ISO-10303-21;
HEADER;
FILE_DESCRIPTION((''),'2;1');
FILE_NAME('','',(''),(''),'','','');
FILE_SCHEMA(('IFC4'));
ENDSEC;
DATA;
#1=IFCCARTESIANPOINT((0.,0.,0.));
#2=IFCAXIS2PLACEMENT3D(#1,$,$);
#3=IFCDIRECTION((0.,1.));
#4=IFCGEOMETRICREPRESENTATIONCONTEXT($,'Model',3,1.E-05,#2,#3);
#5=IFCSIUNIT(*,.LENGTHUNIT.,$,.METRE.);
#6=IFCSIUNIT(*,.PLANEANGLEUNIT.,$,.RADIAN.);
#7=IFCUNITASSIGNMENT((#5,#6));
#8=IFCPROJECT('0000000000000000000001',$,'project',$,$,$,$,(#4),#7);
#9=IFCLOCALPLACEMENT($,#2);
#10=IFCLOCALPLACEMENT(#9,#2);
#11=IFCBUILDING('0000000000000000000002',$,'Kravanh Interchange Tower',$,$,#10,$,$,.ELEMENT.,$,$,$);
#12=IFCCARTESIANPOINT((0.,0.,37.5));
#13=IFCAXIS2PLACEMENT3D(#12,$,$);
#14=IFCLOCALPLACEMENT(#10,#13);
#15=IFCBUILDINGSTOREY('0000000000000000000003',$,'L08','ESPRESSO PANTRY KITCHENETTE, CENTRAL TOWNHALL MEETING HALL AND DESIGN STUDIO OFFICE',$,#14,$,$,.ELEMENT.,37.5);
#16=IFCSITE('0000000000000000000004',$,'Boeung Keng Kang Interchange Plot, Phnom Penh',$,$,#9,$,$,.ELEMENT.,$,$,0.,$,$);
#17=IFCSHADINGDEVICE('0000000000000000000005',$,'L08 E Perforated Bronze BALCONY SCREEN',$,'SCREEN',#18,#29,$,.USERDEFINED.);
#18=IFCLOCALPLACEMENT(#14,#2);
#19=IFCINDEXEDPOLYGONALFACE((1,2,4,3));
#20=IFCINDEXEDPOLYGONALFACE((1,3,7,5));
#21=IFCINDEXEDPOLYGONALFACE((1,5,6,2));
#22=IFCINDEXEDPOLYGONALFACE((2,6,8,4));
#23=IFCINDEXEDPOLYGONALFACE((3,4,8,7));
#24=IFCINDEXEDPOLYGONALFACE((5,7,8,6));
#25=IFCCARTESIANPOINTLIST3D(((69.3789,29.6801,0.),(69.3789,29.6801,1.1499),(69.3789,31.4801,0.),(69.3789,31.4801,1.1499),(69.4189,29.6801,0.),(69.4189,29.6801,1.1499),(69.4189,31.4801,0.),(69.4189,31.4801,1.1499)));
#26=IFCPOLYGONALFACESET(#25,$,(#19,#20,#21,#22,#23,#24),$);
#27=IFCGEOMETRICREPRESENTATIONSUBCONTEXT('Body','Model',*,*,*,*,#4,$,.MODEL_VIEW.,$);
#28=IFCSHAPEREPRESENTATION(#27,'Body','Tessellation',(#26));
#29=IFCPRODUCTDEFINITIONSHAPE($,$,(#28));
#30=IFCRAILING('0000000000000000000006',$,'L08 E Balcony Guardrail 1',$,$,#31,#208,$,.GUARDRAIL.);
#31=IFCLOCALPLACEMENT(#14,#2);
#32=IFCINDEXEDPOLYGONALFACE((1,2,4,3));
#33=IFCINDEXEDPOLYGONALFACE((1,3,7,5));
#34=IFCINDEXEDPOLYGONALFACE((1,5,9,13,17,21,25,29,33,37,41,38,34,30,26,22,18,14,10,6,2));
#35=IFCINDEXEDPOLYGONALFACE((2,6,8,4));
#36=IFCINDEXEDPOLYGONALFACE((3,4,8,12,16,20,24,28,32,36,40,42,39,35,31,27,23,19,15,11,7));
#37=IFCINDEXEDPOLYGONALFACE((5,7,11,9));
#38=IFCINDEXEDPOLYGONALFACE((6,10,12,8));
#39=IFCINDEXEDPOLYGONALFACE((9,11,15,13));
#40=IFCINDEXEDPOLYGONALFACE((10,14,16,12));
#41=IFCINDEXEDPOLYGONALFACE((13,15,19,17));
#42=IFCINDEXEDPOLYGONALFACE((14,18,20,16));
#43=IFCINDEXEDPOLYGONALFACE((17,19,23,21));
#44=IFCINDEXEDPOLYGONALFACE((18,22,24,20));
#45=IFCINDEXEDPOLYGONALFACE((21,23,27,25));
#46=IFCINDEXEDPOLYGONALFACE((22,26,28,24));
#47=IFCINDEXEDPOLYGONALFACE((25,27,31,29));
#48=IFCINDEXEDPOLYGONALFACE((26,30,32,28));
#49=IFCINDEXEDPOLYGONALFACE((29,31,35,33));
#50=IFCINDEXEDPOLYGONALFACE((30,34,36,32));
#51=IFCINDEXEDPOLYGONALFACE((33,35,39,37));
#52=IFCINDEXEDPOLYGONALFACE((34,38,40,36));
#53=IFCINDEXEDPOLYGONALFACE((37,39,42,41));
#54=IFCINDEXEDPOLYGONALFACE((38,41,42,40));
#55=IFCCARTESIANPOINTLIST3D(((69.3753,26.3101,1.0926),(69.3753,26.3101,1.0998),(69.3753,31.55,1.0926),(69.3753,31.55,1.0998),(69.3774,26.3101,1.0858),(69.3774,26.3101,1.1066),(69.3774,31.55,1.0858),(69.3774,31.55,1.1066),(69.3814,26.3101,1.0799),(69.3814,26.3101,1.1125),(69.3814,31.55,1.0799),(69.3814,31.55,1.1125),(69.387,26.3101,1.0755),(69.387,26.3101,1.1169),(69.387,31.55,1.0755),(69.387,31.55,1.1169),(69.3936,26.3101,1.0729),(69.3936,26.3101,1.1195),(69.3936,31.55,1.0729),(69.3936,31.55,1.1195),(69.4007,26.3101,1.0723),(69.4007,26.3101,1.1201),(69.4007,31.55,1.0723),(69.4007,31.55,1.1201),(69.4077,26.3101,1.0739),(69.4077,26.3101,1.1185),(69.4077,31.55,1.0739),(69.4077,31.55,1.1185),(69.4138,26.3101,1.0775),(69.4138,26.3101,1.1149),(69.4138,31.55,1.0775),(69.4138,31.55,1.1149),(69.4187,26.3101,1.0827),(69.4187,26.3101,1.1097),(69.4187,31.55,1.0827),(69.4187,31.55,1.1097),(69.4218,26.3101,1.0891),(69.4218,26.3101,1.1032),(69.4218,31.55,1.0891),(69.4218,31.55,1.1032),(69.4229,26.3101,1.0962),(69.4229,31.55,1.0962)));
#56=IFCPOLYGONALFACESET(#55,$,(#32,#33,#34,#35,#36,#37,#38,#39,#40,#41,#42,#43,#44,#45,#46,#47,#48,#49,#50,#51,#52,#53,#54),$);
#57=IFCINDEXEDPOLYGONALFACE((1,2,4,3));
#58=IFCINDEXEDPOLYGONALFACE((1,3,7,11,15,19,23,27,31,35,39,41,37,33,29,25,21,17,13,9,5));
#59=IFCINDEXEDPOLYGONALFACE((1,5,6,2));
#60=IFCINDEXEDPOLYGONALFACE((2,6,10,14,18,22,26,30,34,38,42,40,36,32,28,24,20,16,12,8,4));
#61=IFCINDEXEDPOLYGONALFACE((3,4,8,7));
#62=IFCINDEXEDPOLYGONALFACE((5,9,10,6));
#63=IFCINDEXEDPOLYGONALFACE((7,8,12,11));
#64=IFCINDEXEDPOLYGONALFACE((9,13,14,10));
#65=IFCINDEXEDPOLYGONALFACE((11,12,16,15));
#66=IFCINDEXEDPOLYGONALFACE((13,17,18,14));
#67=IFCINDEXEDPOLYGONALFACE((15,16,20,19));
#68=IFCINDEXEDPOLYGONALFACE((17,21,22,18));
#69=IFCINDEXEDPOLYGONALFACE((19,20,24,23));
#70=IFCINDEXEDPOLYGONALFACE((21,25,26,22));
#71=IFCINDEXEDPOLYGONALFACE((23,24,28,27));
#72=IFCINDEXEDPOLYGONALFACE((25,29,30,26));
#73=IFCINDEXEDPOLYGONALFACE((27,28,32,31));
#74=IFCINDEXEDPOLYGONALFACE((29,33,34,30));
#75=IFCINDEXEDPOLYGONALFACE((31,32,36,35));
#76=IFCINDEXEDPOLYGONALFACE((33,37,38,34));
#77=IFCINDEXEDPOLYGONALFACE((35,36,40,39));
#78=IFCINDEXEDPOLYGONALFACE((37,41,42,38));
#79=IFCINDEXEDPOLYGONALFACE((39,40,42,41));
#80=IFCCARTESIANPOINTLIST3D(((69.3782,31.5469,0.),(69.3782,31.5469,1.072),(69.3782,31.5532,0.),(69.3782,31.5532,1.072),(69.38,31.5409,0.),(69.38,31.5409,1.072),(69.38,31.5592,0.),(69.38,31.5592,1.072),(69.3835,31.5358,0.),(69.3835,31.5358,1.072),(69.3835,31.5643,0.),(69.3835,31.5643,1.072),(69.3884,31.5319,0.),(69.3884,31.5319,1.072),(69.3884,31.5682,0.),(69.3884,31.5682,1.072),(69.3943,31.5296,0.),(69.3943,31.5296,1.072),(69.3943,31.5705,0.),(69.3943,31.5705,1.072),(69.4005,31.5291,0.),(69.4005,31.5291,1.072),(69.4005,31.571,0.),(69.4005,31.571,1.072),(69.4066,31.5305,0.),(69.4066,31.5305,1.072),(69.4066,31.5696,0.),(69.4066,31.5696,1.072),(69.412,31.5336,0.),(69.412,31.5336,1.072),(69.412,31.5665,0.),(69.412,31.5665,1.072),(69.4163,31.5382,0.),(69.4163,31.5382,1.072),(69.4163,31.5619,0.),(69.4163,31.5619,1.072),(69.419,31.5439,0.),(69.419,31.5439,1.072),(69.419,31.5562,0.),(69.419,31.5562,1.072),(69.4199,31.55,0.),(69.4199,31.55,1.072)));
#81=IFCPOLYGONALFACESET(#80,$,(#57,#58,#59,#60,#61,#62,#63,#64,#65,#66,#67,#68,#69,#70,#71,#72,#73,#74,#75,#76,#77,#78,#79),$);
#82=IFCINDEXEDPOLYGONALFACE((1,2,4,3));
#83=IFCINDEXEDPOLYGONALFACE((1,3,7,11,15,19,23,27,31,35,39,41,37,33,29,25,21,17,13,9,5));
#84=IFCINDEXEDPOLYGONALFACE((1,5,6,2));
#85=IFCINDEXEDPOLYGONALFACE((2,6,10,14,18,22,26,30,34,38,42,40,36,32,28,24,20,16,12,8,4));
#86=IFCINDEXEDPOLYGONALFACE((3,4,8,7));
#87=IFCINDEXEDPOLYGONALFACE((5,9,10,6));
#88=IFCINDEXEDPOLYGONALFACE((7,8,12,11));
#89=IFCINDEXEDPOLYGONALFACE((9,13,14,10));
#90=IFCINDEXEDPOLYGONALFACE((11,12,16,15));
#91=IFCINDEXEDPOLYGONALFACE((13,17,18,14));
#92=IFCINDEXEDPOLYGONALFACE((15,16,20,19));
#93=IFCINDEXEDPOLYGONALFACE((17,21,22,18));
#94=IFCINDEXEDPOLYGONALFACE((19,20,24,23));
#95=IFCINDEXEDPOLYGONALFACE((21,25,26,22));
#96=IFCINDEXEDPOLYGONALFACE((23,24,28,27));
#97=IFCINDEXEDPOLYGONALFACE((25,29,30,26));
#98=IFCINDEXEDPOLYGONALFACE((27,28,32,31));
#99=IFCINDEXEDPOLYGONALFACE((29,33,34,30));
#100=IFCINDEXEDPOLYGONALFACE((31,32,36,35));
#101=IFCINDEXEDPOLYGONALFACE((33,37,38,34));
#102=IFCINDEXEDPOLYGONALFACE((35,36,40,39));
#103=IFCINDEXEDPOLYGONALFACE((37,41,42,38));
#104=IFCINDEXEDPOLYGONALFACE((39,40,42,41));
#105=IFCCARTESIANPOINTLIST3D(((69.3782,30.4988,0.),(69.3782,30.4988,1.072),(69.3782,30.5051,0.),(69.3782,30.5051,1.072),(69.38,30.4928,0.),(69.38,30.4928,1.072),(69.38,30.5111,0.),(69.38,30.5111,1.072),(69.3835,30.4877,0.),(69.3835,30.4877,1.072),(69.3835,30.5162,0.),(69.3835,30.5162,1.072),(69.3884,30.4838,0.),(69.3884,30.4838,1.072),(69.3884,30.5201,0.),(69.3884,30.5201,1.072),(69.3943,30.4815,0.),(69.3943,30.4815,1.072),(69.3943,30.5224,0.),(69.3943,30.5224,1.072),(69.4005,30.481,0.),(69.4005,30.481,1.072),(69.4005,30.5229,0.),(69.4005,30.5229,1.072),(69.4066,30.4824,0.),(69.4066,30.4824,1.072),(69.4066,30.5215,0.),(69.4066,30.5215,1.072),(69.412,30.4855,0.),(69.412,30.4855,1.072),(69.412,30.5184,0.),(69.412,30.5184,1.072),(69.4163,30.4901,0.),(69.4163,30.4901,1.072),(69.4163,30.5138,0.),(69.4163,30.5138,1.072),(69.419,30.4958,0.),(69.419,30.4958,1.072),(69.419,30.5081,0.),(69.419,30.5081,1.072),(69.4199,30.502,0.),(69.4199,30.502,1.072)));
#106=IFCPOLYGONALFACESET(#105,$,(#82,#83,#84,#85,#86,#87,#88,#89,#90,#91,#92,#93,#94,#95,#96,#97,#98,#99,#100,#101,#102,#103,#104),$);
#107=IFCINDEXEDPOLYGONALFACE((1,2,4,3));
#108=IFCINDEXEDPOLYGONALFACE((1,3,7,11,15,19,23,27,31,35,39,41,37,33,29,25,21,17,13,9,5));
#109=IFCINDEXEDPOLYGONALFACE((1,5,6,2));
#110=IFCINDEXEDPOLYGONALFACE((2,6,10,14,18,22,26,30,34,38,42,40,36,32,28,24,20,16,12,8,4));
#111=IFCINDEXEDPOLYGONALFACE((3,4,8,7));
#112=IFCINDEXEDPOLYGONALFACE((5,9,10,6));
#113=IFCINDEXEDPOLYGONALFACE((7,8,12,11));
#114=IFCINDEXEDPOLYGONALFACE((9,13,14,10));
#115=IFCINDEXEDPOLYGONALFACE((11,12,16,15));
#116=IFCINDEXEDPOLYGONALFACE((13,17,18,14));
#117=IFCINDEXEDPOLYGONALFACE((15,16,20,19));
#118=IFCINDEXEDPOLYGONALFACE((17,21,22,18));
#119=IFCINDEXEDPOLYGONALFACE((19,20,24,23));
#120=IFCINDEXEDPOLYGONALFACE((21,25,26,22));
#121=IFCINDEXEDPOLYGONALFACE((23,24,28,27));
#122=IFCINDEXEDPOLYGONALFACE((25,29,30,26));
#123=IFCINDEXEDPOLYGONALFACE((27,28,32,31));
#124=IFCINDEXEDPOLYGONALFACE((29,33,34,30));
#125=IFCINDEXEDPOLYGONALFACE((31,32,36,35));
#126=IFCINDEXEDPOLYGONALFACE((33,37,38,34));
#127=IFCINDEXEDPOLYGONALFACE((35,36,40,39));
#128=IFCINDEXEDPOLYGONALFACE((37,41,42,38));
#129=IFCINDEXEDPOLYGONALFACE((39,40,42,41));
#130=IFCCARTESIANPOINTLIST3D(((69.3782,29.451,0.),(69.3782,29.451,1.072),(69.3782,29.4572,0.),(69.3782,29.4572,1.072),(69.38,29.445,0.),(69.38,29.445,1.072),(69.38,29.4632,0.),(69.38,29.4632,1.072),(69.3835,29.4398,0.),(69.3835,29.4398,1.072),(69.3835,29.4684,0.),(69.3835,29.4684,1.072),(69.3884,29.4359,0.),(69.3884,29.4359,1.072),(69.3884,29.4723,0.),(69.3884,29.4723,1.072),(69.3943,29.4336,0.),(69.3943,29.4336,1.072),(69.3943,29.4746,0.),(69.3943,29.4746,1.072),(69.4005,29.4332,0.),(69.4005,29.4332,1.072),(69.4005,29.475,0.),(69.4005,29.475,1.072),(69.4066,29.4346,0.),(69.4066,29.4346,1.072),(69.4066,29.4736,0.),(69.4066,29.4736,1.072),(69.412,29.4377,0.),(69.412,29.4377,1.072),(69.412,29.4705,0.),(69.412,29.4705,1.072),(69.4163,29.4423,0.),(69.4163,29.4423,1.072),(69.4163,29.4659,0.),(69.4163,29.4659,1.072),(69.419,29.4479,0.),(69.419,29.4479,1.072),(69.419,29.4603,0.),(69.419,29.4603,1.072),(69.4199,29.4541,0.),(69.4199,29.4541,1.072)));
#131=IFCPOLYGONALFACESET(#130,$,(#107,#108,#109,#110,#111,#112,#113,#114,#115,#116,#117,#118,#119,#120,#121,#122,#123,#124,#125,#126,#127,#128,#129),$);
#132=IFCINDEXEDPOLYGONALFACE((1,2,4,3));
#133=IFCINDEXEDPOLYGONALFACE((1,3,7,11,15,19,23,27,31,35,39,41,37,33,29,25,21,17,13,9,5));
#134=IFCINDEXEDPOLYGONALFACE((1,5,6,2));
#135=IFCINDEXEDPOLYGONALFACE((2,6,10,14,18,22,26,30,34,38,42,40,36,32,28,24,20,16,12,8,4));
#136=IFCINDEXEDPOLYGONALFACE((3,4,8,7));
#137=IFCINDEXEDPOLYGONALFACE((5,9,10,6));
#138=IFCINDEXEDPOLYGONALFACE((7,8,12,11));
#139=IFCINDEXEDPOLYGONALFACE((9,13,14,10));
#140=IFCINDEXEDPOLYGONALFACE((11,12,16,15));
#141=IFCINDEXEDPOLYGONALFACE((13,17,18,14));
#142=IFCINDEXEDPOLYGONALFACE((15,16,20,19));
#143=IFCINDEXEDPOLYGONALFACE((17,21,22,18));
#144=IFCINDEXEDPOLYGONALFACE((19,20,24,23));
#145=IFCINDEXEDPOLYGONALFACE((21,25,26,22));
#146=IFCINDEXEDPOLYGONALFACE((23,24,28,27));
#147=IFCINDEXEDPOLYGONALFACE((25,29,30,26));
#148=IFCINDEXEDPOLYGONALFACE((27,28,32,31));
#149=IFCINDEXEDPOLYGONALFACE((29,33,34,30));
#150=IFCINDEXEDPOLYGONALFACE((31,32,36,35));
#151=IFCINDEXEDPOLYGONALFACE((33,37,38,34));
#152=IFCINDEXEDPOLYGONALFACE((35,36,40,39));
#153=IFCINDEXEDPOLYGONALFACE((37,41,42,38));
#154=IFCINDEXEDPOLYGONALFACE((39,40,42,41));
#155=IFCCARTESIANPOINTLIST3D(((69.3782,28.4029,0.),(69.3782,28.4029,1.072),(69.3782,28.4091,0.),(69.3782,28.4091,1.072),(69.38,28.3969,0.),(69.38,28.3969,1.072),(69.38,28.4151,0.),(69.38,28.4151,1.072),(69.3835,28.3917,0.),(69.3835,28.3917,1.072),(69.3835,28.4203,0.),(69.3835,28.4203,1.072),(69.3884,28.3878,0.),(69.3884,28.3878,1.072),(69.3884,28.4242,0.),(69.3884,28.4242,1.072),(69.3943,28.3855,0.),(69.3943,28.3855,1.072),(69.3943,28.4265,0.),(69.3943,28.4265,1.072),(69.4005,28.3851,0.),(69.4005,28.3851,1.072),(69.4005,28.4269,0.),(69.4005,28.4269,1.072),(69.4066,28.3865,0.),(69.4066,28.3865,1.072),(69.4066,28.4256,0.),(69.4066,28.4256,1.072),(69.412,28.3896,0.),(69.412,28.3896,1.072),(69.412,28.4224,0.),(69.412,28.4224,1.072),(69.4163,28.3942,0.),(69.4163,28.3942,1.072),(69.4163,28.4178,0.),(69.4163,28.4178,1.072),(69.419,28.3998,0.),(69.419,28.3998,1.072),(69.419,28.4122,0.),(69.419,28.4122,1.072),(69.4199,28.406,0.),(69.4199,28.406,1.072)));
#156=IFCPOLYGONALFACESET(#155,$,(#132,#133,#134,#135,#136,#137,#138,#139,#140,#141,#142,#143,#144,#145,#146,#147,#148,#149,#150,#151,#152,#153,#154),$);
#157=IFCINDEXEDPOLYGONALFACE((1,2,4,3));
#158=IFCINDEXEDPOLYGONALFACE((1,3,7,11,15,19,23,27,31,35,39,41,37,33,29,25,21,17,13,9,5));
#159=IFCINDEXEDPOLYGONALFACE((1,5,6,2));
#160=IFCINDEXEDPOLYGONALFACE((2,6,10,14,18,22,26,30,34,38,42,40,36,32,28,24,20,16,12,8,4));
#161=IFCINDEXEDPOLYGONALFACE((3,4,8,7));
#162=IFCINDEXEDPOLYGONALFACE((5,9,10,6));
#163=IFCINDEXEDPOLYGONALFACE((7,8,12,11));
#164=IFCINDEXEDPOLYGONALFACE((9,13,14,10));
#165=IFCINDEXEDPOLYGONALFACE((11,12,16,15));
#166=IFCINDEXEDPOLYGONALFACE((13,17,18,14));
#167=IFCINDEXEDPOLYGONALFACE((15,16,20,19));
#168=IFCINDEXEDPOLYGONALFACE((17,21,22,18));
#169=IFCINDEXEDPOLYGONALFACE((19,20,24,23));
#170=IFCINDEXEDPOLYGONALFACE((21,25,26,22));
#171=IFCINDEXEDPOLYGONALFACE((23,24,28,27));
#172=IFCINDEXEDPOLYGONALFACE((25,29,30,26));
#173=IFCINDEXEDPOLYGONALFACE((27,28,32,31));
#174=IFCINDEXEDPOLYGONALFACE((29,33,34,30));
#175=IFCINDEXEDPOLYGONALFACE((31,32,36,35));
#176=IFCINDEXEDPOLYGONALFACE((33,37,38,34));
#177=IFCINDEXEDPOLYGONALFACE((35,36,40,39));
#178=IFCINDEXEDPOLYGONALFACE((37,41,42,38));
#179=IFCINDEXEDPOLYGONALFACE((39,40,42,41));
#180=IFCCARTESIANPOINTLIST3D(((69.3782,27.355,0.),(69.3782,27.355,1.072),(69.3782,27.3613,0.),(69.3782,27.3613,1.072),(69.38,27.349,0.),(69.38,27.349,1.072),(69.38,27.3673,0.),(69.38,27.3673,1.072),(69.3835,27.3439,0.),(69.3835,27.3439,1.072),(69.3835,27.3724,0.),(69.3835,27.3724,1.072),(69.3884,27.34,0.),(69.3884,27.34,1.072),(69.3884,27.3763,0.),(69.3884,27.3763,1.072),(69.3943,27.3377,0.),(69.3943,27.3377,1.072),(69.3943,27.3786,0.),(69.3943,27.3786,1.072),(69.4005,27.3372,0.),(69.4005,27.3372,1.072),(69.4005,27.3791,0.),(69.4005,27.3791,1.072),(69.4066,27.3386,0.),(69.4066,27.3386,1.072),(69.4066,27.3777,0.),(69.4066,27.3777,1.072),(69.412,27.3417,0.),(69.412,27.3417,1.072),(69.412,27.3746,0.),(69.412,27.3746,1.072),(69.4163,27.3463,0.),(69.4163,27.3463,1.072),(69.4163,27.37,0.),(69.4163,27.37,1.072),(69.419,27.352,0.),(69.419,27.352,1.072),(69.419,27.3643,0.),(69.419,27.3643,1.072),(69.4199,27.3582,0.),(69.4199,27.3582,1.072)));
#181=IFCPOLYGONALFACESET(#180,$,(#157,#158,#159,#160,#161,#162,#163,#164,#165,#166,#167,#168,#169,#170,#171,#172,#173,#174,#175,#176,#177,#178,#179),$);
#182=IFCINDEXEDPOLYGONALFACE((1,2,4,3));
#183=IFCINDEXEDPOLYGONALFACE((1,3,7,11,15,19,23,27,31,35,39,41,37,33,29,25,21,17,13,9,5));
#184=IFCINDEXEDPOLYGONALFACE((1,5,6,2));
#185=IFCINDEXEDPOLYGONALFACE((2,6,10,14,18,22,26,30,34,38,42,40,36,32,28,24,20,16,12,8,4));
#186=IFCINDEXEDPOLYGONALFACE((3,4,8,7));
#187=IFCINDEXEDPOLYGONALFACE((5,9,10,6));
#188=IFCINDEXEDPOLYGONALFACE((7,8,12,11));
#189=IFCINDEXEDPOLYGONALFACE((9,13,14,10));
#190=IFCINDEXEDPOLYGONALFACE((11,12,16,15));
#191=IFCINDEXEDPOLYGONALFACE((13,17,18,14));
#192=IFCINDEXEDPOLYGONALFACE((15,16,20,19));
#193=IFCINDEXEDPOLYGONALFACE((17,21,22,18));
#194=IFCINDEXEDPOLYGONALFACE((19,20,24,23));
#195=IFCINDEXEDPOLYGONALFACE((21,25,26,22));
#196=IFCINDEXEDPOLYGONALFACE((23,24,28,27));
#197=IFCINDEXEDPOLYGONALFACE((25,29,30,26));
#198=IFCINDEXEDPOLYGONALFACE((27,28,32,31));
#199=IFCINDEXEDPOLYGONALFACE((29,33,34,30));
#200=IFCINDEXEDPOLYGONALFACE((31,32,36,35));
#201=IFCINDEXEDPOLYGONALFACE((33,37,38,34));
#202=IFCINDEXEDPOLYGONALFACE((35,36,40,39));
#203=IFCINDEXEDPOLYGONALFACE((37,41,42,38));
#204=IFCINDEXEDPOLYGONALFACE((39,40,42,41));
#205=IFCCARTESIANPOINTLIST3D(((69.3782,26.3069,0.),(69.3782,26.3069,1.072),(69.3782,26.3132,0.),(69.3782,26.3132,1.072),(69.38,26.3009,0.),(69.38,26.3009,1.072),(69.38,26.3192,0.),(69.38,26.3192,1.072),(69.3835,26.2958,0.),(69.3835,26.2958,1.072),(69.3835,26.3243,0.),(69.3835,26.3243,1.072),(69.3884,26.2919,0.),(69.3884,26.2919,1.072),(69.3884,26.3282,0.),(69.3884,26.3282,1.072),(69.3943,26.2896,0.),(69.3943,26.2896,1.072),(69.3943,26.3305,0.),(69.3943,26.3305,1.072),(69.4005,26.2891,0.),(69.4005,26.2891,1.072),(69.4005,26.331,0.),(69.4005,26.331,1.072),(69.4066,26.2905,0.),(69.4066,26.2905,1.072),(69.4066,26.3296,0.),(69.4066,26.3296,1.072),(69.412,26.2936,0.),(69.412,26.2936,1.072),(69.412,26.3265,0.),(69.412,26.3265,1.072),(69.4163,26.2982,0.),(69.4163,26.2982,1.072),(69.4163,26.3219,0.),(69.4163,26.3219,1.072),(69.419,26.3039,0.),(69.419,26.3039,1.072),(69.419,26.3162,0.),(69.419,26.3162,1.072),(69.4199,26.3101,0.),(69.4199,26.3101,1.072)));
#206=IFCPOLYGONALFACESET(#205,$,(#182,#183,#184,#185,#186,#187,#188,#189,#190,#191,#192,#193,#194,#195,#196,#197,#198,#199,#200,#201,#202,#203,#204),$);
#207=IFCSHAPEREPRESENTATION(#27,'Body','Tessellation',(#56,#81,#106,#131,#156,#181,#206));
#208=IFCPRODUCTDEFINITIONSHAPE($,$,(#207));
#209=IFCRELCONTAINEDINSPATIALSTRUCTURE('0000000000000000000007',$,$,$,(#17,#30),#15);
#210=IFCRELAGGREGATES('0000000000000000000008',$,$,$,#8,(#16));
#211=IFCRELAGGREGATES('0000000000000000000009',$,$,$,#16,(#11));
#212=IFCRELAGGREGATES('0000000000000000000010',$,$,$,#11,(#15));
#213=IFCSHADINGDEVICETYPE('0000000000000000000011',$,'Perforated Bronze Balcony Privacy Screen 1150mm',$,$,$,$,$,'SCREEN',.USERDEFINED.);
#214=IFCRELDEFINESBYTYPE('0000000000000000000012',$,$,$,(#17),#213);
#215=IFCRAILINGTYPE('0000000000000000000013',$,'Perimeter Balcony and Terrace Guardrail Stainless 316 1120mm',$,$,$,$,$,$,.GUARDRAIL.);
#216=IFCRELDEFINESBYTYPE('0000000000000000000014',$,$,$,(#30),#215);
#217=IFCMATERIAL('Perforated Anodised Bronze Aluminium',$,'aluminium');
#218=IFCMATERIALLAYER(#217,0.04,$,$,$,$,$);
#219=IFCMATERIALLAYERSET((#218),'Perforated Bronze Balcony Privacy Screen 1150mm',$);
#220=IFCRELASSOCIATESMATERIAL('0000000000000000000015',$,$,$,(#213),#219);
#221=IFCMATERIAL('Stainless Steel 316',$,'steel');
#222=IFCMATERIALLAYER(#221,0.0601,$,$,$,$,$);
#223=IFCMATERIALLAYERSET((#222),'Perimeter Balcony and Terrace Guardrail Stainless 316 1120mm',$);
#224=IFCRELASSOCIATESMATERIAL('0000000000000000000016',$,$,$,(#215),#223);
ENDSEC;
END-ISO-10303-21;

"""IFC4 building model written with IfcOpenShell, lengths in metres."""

from ifc_helpers import new_model, si_unit, direction, frame, origin, origin_2d, place, context, subcontext, project, spatial, rectangle, circle, extrude, material, layer, layer_set, type_object, element, save


model = new_model("IFC4")

# Units and contexts
model_context = context("Model", 3, precision=1e-05, world=origin(), true_north=direction((0.0, 1.0)))
body_context = subcontext(model_context, "Body", "Model", "MODEL_VIEW")
ifc_project = project(units=[si_unit("LENGTHUNIT", "METRE"), si_unit("PLANEANGLEUNIT", "RADIAN")], contexts=[model_context])

# Site, building, storey
site_placement = place(None, origin())
site = spatial("IfcSite", under=ifc_project, at=site_placement, Name="Boeung Keng Kang Interchange Plot, Phnom Penh", CompositionType="ELEMENT", RefElevation=0.0)
building_placement = place(site_placement, origin())
building = spatial("IfcBuilding", under=site, at=building_placement, Name="Kravanh Interchange Tower", CompositionType="ELEMENT")
storey_placement = place(building_placement, frame((0.0, 0.0, 37.5)))
storey = spatial("IfcBuildingStorey", under=building, at=storey_placement, Name="L08", Description="ESPRESSO PANTRY KITCHENETTE, CENTRAL TOWNHALL MEETING HALL AND DESIGN STUDIO OFFICE", CompositionType="ELEMENT", Elevation=37.5)

# Shading device
ifc_material_1 = material(Name="Perforated Anodised Bronze Aluminium", Category="aluminium")
ifc_layer_1 = layer(ifc_material_1, 0.04)
ifc_layer_set_1 = layer_set([ifc_layer_1], Name="Perforated Bronze Balcony Privacy Screen 1150mm")
shading_device_type = type_object("IfcShadingDeviceType", Name="Perforated Bronze Balcony Privacy Screen 1150mm", ElementType="SCREEN", PredefinedType="USERDEFINED", material=ifc_layer_set_1)
shading_device_placement = place(storey_placement, frame((69.3989, 30.5801, 0.0), z_axis=(0.0, 0.0, 1.0), x_axis=(1.0, 0.0, 0.0)))
element("IfcShadingDevice", 1, at=shading_device_placement, inside=storey, type_object=shading_device_type, Name="L08 E Perforated Bronze BALCONY SCREEN", ObjectType="SCREEN", PredefinedType="USERDEFINED", context=body_context, shape_type="SweptSolid", body=[
    extrude(rectangle(XDim=0.04, YDim=1.8, at=origin_2d()), origin(), (0.0, 0.0, 1.0), 1.1499),
])

# Railing
ifc_material_2 = material(Name="Stainless Steel 316", Category="steel")
ifc_layer_2 = layer(ifc_material_2, 0.0601)
ifc_layer_set_2 = layer_set([ifc_layer_2], Name="Perimeter Balcony and Terrace Guardrail Stainless 316 1120mm")
railing_type = type_object("IfcRailingType", Name="Perimeter Balcony and Terrace Guardrail Stainless 316 1120mm", PredefinedType="GUARDRAIL", material=ifc_layer_set_2)
railing_1_placement = place(storey_placement, frame((69.3989, 31.55, 0.0)))
element("IfcRailing", 2, at=railing_1_placement, inside=storey, type_object=railing_type, Name="L08 E Balcony Guardrail 1", PredefinedType="GUARDRAIL", context=body_context, shape_type="SweptSolid", body=[
    extrude(circle(Radius=0.0239, at=origin_2d()), frame((0.0, 0.0, 1.0962), z_axis=(0.0, -1.0, 0.0), x_axis=(1.0, 0.0, 0.0)), (0.0, 0.0, 1.0), 5.24),
    extrude(circle(Radius=0.021, at=origin_2d()), origin(), (0.0, 0.0, 1.0), 1.072),
    extrude(circle(Radius=0.021, at=origin_2d()), frame((0.0, -1.0481, 0.0)), (0.0, 0.0, 1.0), 1.072),
    extrude(circle(Radius=0.021, at=origin_2d()), frame((0.0, -2.0959, 0.0)), (0.0, 0.0, 1.0), 1.072),
    extrude(circle(Radius=0.021, at=origin_2d()), frame((0.0, -3.144, 0.0)), (0.0, 0.0, 1.0), 1.072),
    extrude(circle(Radius=0.021, at=origin_2d()), frame((0.0, -4.1919, 0.0)), (0.0, 0.0, 1.0), 1.072),
    extrude(circle(Radius=0.021, at=origin_2d()), frame((0.0, -5.24, 0.0)), (0.0, 0.0, 1.0), 1.072),
])

save(model, "model.ifc")
